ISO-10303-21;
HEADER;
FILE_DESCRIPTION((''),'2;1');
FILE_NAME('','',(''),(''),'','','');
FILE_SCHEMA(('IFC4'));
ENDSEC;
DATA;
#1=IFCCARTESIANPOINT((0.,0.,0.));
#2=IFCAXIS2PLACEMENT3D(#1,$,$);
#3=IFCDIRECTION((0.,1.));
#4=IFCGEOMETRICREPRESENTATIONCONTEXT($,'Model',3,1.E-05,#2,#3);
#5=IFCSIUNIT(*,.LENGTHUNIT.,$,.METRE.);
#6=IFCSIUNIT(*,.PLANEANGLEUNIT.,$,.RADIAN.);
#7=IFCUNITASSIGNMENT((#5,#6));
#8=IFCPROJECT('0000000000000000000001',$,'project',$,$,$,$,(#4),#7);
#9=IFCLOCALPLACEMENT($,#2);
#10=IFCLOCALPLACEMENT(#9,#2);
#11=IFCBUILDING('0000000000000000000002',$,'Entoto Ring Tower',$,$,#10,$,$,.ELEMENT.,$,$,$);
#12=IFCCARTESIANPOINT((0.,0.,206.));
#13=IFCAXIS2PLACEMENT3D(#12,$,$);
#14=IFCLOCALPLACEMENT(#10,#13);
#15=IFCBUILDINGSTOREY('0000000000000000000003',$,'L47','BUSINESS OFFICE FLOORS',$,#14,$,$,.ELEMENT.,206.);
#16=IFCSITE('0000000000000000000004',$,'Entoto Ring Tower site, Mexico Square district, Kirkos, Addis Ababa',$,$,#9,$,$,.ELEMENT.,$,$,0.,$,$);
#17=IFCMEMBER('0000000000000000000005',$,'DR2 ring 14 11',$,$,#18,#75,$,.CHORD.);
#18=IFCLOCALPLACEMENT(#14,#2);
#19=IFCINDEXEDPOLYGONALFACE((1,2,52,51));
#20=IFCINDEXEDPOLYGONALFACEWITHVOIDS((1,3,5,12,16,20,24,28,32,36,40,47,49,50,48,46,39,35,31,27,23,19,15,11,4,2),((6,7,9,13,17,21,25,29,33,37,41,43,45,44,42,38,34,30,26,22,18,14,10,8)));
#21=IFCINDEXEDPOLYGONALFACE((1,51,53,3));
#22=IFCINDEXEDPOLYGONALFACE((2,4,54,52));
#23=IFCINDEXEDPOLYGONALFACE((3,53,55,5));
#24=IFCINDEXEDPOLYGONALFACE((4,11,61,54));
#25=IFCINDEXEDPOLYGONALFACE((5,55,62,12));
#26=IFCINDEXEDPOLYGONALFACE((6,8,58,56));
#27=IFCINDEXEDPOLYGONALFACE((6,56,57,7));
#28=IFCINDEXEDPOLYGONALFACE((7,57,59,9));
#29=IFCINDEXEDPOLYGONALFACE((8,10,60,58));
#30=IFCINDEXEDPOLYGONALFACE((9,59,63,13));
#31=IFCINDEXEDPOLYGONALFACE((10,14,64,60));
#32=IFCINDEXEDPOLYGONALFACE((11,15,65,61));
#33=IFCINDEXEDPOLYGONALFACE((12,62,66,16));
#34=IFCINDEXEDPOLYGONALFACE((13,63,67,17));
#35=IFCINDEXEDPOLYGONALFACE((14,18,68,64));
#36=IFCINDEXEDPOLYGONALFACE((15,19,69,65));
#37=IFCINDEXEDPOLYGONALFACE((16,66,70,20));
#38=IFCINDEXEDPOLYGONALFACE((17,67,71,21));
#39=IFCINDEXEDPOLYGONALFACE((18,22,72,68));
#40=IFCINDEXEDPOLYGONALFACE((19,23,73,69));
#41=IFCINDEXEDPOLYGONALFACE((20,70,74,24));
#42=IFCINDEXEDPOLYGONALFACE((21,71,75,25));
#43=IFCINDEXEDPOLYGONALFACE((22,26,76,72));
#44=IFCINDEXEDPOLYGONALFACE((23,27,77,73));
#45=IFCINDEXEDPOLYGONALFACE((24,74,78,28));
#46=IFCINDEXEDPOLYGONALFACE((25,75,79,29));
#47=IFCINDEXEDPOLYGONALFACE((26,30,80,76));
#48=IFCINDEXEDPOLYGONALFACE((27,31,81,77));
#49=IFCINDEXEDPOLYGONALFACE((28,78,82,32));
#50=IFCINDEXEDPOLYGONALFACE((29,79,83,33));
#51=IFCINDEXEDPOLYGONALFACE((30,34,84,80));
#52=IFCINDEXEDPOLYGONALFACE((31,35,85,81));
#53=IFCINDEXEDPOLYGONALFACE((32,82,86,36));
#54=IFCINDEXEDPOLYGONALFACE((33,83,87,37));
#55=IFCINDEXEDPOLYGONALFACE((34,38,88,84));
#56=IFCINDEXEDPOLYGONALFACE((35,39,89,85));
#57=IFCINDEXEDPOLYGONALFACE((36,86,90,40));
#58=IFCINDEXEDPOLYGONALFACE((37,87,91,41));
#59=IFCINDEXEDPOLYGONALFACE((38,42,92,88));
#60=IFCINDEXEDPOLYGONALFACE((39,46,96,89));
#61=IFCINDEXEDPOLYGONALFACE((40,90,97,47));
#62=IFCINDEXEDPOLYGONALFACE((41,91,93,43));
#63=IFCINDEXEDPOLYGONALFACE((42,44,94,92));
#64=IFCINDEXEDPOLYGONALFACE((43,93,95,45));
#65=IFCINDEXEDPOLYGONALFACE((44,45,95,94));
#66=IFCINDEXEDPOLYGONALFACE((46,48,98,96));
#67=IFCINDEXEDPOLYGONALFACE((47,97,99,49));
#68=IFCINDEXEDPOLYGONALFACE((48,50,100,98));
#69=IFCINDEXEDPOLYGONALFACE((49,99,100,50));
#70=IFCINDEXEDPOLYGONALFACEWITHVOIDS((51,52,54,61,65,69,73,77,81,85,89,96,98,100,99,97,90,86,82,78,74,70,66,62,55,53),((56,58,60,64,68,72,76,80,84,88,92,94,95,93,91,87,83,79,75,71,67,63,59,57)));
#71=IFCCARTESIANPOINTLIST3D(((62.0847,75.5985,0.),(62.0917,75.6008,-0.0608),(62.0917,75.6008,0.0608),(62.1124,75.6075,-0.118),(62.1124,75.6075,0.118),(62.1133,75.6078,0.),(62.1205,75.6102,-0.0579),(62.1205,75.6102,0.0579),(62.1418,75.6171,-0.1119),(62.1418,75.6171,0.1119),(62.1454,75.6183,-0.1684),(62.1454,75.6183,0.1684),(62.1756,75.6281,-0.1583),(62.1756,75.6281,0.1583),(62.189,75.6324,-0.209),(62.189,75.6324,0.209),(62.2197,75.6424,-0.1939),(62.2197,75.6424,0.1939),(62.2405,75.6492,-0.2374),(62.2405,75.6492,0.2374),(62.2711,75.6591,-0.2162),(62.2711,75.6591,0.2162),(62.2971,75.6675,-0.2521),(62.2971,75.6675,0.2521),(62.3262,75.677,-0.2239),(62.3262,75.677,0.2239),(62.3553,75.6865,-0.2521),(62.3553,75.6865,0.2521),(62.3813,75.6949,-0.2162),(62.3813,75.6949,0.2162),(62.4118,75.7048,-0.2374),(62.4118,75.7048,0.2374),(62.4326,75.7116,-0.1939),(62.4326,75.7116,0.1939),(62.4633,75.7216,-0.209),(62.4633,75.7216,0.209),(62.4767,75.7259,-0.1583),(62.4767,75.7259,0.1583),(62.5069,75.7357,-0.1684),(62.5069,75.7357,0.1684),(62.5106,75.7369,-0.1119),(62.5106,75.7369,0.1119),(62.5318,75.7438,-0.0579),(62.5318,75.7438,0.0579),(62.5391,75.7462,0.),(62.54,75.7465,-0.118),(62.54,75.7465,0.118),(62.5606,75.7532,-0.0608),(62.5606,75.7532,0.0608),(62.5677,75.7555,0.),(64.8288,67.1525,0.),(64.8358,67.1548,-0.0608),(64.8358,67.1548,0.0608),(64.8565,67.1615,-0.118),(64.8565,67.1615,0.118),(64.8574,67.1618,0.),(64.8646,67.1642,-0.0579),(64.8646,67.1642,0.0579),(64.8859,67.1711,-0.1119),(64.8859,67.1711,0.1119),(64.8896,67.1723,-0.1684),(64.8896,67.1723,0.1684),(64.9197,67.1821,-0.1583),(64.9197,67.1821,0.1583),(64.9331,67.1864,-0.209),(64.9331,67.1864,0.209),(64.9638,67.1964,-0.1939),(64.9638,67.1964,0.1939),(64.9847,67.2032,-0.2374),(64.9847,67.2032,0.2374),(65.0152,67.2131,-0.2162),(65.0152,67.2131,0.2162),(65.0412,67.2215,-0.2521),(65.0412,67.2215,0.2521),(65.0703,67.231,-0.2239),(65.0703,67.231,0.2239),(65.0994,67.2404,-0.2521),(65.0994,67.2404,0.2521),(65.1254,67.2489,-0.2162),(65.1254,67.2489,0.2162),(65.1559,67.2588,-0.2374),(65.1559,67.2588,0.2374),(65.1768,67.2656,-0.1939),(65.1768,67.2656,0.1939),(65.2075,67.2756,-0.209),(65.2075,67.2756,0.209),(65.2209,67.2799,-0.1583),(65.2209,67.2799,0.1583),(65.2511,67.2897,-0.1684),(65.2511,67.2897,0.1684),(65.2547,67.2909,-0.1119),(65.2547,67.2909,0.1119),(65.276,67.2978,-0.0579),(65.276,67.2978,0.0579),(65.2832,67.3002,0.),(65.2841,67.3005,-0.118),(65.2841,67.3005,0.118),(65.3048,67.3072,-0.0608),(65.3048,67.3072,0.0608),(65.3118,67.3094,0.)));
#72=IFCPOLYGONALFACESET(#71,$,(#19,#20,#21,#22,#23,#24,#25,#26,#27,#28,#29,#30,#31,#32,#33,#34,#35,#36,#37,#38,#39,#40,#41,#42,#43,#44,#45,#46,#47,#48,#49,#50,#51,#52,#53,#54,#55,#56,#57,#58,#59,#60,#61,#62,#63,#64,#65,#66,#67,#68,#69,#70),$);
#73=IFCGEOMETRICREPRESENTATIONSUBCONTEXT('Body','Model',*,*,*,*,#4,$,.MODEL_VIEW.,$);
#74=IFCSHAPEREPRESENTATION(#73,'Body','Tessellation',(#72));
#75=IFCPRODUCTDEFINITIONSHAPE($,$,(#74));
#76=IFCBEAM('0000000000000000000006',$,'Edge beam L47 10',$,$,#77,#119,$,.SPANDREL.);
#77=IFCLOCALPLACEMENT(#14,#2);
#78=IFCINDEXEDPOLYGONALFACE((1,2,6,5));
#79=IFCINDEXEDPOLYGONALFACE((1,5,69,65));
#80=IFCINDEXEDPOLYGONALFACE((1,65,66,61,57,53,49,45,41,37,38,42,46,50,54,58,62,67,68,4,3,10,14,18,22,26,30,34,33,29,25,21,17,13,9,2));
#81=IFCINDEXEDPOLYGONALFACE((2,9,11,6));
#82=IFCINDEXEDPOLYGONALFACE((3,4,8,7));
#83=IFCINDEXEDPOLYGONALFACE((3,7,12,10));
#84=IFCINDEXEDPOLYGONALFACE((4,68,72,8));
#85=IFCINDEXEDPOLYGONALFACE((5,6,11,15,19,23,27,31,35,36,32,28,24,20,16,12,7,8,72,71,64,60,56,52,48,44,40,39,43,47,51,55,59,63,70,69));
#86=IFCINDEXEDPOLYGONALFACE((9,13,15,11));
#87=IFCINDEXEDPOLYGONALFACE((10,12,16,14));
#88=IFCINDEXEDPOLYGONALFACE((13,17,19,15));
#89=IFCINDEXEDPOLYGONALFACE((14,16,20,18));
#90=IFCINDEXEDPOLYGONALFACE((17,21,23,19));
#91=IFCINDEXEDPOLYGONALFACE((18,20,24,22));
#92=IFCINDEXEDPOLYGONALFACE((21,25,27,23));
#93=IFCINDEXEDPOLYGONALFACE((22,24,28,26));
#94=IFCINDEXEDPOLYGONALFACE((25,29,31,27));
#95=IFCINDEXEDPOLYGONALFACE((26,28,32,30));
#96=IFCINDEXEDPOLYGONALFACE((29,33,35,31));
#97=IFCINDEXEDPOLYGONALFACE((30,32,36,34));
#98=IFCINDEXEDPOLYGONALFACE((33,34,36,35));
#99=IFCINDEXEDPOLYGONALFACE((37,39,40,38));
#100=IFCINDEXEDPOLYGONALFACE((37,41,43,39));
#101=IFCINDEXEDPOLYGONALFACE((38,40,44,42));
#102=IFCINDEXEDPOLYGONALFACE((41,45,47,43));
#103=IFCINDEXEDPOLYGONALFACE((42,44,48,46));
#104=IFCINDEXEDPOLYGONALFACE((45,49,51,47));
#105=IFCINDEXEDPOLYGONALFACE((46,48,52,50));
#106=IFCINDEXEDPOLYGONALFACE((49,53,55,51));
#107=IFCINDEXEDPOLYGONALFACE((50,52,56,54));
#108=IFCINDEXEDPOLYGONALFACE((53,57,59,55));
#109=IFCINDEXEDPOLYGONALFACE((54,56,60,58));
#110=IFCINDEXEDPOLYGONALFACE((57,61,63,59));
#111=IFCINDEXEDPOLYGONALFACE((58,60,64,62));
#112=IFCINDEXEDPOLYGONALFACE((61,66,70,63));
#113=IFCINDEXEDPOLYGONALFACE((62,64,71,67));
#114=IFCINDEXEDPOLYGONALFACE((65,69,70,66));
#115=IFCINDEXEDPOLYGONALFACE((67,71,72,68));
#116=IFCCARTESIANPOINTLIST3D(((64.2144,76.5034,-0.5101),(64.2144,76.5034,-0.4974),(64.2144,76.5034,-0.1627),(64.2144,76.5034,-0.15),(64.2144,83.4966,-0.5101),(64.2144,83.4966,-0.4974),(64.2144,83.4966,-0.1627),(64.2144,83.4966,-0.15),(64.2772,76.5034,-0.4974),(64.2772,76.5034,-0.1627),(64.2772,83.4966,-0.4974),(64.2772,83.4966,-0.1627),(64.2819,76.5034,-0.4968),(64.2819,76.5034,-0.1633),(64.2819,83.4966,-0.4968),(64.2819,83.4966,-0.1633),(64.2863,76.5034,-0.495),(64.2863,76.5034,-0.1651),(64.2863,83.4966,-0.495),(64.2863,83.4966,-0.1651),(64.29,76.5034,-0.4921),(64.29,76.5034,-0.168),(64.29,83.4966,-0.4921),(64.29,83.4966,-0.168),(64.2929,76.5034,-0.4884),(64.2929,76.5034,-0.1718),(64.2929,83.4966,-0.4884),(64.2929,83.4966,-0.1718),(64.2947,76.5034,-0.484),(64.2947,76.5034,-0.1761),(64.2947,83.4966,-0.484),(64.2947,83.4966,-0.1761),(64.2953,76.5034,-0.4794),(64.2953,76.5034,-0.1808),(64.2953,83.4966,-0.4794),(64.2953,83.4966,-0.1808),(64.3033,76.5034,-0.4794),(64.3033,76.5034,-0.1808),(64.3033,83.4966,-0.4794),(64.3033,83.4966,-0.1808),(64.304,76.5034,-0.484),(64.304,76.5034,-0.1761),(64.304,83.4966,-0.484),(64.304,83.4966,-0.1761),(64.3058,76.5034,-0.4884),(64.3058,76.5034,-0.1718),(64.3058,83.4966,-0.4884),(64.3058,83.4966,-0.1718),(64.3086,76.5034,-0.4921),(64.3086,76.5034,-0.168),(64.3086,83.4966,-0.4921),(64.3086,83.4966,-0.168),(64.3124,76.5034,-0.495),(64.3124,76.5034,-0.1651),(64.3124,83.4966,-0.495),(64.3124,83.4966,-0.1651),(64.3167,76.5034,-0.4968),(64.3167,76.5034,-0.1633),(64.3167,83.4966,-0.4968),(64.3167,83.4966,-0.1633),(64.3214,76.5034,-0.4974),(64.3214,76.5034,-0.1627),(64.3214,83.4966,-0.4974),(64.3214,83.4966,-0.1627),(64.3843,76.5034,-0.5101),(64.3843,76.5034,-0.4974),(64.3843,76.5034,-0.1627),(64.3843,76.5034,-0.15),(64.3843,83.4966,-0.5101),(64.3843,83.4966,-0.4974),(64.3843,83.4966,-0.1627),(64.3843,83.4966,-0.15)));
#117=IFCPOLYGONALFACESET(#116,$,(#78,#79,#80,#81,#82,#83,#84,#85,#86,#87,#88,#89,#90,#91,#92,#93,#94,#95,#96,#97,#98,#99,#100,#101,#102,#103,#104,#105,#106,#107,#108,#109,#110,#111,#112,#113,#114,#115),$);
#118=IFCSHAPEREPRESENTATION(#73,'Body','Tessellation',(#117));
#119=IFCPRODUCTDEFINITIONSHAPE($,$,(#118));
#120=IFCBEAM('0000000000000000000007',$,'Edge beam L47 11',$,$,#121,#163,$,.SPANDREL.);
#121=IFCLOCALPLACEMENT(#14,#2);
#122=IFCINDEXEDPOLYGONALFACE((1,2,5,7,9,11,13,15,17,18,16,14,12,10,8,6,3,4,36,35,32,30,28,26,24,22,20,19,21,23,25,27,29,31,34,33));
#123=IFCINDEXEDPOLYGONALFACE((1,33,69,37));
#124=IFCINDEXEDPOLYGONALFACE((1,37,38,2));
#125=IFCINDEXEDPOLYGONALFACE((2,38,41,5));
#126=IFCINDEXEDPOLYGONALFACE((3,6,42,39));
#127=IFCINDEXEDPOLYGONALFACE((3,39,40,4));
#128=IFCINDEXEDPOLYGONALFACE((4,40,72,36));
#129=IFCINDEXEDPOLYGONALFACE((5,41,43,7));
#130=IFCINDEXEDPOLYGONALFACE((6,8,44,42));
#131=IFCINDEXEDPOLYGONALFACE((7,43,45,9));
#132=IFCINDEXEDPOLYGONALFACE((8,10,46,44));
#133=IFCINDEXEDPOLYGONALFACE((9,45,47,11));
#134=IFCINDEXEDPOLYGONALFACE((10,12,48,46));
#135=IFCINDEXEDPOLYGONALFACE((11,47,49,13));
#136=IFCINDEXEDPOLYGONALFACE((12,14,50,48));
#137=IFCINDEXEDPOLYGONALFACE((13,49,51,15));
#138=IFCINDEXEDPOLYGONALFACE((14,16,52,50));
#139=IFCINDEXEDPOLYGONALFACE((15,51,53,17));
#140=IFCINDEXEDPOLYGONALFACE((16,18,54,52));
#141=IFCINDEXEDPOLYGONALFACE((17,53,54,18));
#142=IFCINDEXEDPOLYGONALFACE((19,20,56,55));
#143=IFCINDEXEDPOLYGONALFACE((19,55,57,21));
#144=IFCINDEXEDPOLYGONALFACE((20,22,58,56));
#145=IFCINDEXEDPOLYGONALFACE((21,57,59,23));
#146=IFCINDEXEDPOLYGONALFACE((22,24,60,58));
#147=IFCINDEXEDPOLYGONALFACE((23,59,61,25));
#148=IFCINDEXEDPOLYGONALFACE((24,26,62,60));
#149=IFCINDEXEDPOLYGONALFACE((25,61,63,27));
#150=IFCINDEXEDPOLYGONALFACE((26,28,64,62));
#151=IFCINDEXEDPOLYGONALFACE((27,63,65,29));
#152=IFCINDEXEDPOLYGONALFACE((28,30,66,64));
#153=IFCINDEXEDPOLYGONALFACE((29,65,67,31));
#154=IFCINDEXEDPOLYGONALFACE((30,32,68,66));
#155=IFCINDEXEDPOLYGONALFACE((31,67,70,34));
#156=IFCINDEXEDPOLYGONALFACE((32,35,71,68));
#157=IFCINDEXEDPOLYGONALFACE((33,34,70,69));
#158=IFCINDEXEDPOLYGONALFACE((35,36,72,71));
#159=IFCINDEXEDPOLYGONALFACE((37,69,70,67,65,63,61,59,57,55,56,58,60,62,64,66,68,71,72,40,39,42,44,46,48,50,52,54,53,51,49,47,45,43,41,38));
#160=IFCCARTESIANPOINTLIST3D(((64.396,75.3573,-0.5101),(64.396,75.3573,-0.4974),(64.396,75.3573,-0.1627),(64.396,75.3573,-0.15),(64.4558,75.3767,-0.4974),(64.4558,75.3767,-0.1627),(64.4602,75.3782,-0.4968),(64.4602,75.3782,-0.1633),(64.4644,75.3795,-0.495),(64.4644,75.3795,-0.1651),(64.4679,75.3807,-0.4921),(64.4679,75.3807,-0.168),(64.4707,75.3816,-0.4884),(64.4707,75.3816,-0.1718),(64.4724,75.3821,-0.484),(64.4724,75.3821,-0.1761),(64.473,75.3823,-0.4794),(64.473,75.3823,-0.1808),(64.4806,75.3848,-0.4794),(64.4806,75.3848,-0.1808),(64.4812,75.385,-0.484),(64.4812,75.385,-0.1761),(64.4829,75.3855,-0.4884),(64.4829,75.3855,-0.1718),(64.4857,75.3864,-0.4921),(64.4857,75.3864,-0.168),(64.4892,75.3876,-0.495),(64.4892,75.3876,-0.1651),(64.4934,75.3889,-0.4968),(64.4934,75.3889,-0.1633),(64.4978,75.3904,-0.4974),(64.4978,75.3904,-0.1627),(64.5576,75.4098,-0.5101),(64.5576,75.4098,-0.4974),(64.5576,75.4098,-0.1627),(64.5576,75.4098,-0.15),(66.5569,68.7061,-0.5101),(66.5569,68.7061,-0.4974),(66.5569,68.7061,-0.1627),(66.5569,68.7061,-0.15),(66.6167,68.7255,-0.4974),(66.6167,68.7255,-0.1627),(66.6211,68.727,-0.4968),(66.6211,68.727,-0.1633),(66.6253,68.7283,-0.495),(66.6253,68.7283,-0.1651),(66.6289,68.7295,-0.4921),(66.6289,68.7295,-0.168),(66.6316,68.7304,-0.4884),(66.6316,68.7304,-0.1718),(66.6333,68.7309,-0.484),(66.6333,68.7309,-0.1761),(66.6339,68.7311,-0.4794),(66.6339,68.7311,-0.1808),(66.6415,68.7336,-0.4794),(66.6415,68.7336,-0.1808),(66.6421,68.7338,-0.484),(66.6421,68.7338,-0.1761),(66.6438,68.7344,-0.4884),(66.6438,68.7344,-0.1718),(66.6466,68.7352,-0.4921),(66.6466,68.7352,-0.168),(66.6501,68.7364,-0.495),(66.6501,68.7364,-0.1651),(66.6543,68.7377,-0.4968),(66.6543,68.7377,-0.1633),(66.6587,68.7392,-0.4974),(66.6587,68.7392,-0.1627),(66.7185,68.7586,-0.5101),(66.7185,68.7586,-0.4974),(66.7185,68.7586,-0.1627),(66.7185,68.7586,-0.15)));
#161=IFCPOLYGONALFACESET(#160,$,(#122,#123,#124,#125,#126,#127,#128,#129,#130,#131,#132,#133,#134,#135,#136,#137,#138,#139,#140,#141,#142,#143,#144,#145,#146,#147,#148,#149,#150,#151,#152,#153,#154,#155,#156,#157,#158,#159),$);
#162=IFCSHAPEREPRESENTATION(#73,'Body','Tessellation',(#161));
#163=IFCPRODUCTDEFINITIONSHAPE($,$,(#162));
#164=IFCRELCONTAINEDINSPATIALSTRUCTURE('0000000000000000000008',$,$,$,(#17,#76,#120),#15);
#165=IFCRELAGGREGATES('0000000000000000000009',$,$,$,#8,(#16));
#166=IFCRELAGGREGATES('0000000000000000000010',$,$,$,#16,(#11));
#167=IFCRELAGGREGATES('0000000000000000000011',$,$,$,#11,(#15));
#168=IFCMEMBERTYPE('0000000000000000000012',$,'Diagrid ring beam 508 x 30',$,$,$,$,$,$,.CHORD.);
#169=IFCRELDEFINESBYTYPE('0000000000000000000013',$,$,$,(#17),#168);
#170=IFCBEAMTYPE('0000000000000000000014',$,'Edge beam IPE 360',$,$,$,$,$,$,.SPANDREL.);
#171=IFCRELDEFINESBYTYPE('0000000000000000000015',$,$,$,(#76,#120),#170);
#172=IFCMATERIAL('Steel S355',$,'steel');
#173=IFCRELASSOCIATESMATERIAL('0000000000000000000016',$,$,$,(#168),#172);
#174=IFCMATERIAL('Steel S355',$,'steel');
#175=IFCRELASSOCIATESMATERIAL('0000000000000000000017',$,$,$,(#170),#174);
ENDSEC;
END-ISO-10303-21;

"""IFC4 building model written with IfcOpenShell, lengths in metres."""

from ifc_helpers import new_model, si_unit, direction, frame, origin, origin_2d, place, context, subcontext, project, spatial, circle, hollow_circle, i_section, extrude, material, material_profile, profile_set, type_object, element, save


model = new_model("IFC4")

# Units and contexts
model_context = context("Model", 3, precision=1e-05, world=origin(), true_north=direction((0.0, 1.0)))
body_context = subcontext(model_context, "Body", "Model", "MODEL_VIEW")
ifc_project = project(units=[si_unit("LENGTHUNIT", "METRE"), si_unit("PLANEANGLEUNIT", "RADIAN")], contexts=[model_context])

# Site, building, storey
site_placement = place(None, origin())
site = spatial("IfcSite", under=ifc_project, at=site_placement, Name="Entoto Ring Tower site, Mexico Square district, Kirkos, Addis Ababa", CompositionType="ELEMENT", RefElevation=0.0)
building_placement = place(site_placement, origin())
building = spatial("IfcBuilding", under=site, at=building_placement, Name="Entoto Ring Tower", CompositionType="ELEMENT")
storey_placement = place(building_placement, frame((0.0, 0.0, 206.0)))
storey = spatial("IfcBuildingStorey", under=building, at=storey_placement, Name="L47", Description="BUSINESS OFFICE FLOORS", CompositionType="ELEMENT", Elevation=206.0)

# Member
ifc_material_1 = material(Name="Steel S355", Category="steel")
ifc_material_profile_1 = material_profile(ifc_material_1, hollow_circle(Radius=0.2539, WallThickness=0.03, at=origin_2d()), Name="CHS 508 x 30")
ifc_material_2 = material(Name="Concrete C60/75", Category="concrete")
ifc_material_profile_2 = material_profile(ifc_material_2, circle(Radius=0.2241, at=origin_2d()), Name="Concrete C60/75 infill")
ifc_profile_set_1 = profile_set([ifc_material_profile_1, ifc_material_profile_2], Name="Steel S355")
member_type_1 = type_object("IfcMemberType", Name="Diagrid ring beam 508 x 30", PredefinedType="CHORD", material=ifc_profile_set_1)
member_1_placement = place(storey_placement, frame((62.3262, 75.677, 0.0), z_axis=(0.309002, -0.951061, 0.0), x_axis=(0.951061, 0.309002, 0.0)))
element("IfcMember", 1, at=member_1_placement, inside=storey, type_object=member_type_1, Name="DR2 ring 14 11", PredefinedType="CHORD", context=body_context, shape_type="SweptSolid", body=[
    extrude(hollow_circle(Radius=0.2539, WallThickness=0.03, at=origin_2d()), origin(), (0.0, 0.0, 1.0), 8.8806),
])

# Beams
ifc_material_3 = material(Name="Steel S355", Category="steel")
ifc_material_profile_3 = material_profile(ifc_material_3, i_section(OverallWidth=0.1699, OverallDepth=0.3601, WebThickness=0.0081, FlangeThickness=0.0127, FilletRadius=0.0181, at=origin_2d()), Name="IPE 360")
ifc_profile_set_2 = profile_set([ifc_material_profile_3], Name="Steel S355")
beam_type_1 = type_object("IfcBeamType", Name="Edge beam IPE 360", PredefinedType="SPANDREL", material=ifc_profile_set_2)
beam_1_placement = place(storey_placement, frame((64.2993, 83.4966, -0.3301), z_axis=(0.0, -1.0, 0.0), x_axis=(1.0, 0.0, 0.0)))
element("IfcBeam", 2, at=beam_1_placement, inside=storey, type_object=beam_type_1, Name="Edge beam L47 10", PredefinedType="SPANDREL", context=body_context, shape_type="SweptSolid", body=[
    extrude(i_section(OverallWidth=0.1699, OverallDepth=0.3601, WebThickness=0.0081, FlangeThickness=0.0127, FilletRadius=0.0181, at=origin_2d()), origin(), (0.0, 0.0, 1.0), 6.9932),
])
beam_2_placement = place(storey_placement, frame((64.4768, 75.3835, -0.3301), z_axis=(0.308992, -0.951065, 0.0), x_axis=(0.951065, 0.308992, 0.0)))
element("IfcBeam", 3, at=beam_2_placement, inside=storey, type_object=beam_type_1, Name="Edge beam L47 11", PredefinedType="SPANDREL", context=body_context, shape_type="SweptSolid", body=[
    extrude(i_section(OverallWidth=0.1699, OverallDepth=0.3601, WebThickness=0.0081, FlangeThickness=0.0127, FilletRadius=0.0181, at=origin_2d()), origin(), (0.0, 0.0, 1.0), 6.9934),
])

save(model, "model.ifc")
